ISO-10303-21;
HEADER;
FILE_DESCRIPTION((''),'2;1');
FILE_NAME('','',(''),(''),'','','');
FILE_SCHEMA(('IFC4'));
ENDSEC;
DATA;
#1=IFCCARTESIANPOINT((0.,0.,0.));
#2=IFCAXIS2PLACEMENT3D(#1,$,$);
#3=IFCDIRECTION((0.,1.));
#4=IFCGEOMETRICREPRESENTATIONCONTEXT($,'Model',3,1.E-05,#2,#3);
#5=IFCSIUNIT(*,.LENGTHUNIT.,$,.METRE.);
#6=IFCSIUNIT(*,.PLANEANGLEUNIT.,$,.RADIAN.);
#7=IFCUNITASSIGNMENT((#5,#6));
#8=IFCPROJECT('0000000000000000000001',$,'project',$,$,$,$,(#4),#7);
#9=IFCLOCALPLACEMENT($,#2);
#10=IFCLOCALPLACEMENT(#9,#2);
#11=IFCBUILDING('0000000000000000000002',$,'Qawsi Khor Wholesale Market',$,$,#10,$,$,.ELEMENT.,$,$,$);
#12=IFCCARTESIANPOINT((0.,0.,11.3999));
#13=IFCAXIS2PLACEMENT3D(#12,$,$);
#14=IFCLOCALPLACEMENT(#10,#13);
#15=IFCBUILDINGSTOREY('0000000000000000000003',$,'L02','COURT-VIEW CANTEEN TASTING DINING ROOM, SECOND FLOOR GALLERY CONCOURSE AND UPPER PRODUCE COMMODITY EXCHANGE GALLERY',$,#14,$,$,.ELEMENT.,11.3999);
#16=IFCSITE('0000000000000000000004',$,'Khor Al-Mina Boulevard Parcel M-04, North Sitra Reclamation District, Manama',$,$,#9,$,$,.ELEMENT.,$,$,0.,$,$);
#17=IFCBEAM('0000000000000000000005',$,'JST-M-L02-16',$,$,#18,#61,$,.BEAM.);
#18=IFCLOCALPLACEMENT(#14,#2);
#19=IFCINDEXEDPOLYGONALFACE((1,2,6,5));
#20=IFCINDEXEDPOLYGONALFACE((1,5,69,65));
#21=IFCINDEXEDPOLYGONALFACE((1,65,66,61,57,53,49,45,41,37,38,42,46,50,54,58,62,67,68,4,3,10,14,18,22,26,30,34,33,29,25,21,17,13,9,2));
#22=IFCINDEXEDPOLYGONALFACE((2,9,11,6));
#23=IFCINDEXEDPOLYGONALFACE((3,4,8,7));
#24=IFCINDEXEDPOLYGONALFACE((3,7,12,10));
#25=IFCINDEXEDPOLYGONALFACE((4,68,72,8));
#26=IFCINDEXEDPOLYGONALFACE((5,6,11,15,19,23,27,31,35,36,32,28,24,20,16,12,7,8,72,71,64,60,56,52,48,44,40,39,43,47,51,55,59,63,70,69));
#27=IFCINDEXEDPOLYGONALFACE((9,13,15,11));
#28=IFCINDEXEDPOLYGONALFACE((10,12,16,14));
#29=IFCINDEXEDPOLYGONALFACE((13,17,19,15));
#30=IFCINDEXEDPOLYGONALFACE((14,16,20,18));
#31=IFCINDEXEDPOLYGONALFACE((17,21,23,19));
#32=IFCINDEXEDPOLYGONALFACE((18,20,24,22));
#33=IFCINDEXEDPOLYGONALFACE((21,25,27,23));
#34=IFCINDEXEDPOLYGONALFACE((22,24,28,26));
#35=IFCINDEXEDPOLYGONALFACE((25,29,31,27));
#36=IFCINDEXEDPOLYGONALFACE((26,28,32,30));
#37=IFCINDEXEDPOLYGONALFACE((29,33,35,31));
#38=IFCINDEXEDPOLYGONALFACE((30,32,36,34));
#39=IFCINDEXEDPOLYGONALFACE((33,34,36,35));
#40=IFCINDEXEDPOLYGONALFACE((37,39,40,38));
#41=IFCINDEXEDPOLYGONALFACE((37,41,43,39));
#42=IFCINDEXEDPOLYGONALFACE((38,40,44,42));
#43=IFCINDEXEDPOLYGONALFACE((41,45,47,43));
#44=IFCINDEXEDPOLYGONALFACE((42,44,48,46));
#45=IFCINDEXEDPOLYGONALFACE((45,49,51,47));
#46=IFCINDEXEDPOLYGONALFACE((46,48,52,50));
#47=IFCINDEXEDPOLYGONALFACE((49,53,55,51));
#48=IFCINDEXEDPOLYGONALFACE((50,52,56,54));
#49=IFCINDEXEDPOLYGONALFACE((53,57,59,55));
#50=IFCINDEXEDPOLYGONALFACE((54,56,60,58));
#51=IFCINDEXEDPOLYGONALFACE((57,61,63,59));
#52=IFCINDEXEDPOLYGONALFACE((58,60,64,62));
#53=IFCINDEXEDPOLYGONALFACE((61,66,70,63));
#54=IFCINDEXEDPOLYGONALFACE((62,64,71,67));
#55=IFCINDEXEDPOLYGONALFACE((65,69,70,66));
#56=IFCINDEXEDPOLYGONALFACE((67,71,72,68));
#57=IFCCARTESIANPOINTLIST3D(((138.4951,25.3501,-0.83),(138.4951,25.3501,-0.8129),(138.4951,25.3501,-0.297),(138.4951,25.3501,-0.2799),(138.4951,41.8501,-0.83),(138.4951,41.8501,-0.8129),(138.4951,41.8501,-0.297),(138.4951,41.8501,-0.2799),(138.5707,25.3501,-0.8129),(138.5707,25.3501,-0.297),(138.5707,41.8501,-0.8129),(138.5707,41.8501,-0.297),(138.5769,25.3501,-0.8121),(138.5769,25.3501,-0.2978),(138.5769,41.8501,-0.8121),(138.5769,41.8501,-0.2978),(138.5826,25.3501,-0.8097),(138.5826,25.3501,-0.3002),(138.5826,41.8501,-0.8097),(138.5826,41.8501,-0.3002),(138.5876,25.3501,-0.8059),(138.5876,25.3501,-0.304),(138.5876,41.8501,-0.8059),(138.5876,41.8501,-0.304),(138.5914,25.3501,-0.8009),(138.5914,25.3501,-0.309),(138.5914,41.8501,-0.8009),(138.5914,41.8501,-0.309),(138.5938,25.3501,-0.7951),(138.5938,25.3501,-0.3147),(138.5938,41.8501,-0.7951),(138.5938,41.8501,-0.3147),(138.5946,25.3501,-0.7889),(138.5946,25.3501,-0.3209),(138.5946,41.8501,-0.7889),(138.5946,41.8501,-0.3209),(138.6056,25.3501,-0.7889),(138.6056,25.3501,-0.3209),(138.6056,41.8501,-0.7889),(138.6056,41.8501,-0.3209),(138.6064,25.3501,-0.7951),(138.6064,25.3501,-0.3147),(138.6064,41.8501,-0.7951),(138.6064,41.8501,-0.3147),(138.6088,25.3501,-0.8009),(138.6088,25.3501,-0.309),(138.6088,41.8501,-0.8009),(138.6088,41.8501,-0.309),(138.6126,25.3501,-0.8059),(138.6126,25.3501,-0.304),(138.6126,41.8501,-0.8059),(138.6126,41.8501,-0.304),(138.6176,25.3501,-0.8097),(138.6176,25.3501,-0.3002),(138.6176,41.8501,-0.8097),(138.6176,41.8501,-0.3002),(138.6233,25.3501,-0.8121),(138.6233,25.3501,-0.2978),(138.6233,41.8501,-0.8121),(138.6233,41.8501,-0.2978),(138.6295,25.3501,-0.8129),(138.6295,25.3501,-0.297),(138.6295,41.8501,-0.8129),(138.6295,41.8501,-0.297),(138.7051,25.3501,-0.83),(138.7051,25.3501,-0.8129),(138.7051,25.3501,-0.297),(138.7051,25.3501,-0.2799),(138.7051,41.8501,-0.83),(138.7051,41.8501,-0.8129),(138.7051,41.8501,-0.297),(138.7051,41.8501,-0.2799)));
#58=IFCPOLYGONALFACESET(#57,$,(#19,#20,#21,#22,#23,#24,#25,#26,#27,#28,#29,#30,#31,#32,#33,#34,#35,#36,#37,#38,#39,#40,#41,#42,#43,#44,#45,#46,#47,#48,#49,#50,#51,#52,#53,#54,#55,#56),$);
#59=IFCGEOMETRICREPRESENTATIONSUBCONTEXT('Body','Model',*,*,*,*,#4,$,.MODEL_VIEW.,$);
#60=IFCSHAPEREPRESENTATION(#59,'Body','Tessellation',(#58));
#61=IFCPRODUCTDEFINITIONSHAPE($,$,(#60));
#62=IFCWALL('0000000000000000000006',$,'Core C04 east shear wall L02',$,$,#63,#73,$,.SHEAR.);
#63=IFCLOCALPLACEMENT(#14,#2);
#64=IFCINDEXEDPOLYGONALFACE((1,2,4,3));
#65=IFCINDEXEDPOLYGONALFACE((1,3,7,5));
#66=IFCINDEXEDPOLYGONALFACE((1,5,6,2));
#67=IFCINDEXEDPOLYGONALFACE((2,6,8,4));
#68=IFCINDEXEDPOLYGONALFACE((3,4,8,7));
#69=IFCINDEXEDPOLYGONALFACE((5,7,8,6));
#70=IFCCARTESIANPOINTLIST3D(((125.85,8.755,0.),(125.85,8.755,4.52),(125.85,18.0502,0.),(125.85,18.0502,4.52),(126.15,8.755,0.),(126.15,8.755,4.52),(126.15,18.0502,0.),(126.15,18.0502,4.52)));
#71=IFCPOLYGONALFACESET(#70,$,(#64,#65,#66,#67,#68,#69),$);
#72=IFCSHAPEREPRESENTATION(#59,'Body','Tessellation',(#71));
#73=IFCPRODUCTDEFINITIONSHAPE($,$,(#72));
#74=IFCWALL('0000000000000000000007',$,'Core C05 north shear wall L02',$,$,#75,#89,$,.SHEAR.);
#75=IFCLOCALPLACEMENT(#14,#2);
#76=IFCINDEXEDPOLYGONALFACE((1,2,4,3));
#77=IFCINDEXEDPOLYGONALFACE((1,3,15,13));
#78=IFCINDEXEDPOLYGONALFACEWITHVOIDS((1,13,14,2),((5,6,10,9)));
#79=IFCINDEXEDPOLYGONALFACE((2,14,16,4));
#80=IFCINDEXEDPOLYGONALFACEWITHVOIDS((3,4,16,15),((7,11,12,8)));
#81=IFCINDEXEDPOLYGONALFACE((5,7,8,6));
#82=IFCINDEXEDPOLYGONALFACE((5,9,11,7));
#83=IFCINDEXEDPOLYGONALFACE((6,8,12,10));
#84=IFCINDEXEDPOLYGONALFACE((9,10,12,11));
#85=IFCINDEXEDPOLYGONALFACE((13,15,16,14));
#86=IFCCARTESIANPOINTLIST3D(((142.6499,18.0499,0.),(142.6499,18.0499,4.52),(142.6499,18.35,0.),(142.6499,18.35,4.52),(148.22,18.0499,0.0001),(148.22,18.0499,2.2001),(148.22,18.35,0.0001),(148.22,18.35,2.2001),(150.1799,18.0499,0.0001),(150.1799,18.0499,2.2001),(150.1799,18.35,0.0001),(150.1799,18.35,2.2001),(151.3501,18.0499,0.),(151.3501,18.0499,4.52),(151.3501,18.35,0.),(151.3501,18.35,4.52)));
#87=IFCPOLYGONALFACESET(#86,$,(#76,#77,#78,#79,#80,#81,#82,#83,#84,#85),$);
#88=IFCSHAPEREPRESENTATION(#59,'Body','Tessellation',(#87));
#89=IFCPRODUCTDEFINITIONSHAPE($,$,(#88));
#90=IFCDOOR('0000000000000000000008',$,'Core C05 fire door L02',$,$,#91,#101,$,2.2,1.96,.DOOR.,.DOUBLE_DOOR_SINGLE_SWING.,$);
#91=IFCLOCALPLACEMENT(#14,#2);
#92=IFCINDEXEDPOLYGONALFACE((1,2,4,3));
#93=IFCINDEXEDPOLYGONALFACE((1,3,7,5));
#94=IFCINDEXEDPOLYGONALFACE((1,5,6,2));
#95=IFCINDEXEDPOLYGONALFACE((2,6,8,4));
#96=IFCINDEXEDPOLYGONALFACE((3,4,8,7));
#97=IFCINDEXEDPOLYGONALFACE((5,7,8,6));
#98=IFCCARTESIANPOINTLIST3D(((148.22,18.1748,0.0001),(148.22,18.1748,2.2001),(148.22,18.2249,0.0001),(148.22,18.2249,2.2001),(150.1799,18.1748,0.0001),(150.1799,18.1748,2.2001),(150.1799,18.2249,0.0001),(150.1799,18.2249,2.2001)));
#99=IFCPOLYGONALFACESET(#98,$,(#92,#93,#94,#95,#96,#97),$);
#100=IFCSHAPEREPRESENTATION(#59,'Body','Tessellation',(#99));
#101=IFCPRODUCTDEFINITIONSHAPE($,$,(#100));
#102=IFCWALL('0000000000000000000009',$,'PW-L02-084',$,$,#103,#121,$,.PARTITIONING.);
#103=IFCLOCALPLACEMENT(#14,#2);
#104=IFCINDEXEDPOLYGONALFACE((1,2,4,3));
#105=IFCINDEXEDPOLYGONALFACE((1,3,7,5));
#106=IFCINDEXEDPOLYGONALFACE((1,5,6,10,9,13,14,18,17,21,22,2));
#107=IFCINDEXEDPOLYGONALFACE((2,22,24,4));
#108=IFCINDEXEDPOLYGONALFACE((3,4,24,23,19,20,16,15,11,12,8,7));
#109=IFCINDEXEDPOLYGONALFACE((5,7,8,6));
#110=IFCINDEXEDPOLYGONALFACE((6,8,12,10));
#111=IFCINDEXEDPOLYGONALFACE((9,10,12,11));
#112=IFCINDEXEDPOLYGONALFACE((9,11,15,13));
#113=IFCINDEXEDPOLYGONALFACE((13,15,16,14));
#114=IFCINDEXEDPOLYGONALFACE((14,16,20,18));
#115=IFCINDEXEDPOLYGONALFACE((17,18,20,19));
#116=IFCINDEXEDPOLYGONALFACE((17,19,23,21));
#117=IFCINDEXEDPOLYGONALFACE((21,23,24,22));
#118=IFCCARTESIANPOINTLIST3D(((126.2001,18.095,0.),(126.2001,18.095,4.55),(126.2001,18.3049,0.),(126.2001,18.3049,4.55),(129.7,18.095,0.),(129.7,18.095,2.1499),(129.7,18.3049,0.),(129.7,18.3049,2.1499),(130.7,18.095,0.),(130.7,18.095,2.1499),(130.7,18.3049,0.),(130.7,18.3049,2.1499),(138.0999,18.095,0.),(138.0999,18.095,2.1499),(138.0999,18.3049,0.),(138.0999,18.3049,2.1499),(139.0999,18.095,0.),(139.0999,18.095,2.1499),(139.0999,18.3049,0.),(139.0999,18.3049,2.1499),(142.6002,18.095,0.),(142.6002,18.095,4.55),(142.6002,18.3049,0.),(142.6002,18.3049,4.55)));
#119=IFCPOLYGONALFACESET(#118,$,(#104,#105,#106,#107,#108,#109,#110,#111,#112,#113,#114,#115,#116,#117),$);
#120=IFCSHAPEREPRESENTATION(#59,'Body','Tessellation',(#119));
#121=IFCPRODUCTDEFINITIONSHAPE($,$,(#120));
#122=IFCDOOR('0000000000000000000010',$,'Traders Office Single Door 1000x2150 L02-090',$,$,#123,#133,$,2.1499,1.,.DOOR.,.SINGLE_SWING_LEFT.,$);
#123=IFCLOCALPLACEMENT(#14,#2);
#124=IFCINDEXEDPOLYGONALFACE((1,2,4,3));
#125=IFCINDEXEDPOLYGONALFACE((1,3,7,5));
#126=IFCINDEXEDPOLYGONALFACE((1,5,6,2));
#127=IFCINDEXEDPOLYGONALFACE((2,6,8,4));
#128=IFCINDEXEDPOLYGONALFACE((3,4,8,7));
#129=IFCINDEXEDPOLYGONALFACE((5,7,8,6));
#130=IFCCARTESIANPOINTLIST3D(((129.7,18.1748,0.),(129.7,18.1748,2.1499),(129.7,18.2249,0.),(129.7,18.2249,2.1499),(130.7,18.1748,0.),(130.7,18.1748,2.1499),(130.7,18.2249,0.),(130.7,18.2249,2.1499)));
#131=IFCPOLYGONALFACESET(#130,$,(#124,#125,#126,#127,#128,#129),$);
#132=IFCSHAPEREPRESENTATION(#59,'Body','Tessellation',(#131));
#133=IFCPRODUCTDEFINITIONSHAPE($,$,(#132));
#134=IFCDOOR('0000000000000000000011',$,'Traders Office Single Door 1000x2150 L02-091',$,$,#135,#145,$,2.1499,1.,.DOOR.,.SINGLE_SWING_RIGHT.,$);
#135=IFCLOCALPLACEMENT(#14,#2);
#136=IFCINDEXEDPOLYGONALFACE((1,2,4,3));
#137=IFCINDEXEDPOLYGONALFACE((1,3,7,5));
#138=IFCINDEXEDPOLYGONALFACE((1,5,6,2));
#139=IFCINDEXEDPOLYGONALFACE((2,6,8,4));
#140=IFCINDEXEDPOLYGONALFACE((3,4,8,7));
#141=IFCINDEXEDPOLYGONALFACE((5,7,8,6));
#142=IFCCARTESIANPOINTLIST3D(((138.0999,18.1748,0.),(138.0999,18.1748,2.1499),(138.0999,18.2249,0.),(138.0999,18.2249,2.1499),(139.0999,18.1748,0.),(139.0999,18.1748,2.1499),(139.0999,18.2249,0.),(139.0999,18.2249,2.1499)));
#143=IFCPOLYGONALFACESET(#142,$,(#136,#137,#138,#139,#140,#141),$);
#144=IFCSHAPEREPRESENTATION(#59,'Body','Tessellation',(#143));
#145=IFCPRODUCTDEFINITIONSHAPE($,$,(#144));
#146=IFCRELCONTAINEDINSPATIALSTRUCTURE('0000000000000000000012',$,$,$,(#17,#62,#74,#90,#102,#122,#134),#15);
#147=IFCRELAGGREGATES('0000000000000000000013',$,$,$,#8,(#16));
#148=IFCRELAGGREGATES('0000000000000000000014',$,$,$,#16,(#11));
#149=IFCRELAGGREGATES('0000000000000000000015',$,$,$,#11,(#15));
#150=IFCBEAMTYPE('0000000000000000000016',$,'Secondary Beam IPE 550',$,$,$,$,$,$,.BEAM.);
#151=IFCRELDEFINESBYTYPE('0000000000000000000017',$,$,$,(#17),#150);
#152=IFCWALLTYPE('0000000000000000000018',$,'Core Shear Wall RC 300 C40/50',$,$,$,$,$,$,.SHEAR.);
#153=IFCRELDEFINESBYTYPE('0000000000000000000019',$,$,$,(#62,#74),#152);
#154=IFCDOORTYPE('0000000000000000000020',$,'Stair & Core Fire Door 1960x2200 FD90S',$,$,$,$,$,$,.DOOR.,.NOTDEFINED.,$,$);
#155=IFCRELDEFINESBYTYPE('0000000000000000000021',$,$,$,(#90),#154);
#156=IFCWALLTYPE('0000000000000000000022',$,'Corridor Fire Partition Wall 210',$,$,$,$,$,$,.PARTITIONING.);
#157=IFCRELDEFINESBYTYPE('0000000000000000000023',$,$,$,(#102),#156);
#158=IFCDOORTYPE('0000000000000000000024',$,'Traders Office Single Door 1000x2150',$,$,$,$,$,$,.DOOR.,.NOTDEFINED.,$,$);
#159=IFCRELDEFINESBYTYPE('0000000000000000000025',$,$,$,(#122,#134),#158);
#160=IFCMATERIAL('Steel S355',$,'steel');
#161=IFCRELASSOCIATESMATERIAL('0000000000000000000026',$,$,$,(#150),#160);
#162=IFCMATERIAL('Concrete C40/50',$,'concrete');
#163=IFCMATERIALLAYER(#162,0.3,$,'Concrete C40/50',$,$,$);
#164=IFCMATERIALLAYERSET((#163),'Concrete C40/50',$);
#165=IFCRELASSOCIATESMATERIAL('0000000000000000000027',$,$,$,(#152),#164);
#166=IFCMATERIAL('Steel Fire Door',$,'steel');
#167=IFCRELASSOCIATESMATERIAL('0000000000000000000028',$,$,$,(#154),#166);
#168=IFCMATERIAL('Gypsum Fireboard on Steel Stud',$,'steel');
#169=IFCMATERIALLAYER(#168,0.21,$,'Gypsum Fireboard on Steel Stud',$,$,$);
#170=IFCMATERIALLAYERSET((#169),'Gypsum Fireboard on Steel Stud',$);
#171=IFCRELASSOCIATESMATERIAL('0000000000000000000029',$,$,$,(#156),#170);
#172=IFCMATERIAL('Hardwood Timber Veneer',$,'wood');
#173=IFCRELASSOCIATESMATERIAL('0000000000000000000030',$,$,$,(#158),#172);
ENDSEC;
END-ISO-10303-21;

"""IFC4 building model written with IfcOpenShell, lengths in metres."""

from ifc_helpers import new_model, si_unit, direction, frame, frame_2d, origin, origin_2d, place, context, subcontext, project, spatial, rectangle, i_section, extrude, material, layer, layer_set, material_profile, profile_set, type_object, element, fill, save


model = new_model("IFC4")

# Units and contexts
model_context = context("Model", 3, precision=1e-05, world=origin(), true_north=direction((0.0, 1.0)))
body_context = subcontext(model_context, "Body", "Model", "MODEL_VIEW")
ifc_project = project(units=[si_unit("LENGTHUNIT", "METRE"), si_unit("PLANEANGLEUNIT", "RADIAN")], contexts=[model_context])

# Site, building, storey
site_placement = place(None, origin())
site = spatial("IfcSite", under=ifc_project, at=site_placement, Name="Khor Al-Mina Boulevard Parcel M-04, North Sitra Reclamation District, Manama", CompositionType="ELEMENT", RefElevation=0.0)
building_placement = place(site_placement, origin())
building = spatial("IfcBuilding", under=site, at=building_placement, Name="Qawsi Khor Wholesale Market", CompositionType="ELEMENT")
storey_placement = place(building_placement, frame((0.0, 0.0, 11.3999)))
storey = spatial("IfcBuildingStorey", under=building, at=storey_placement, Name="L02", Description="COURT-VIEW CANTEEN TASTING DINING ROOM, SECOND FLOOR GALLERY CONCOURSE AND UPPER PRODUCE COMMODITY EXCHANGE GALLERY", CompositionType="ELEMENT", Elevation=11.3999)

# Shared definitions
ifc_material_1 = material(Name="Concrete C40/50", Category="concrete")

# Beam
ifc_material_2 = material(Name="Steel S355", Category="steel")
ifc_material_profile_1 = material_profile(ifc_material_2, i_section(OverallWidth=0.21, OverallDepth=0.55, WebThickness=0.011, FlangeThickness=0.0171, FilletRadius=0.0239, at=origin_2d()), Name="IPE 550")
ifc_profile_set_1 = profile_set([ifc_material_profile_1], Name="Steel S355")
beam_type_1 = type_object("IfcBeamType", Name="Secondary Beam IPE 550", PredefinedType="BEAM", material=ifc_profile_set_1)
for number, where, z_axis, x_axis, name in (
    (1, (138.6001, 25.3501, -0.5549), (0.0, 1.0, 0.0), (-1.0, 0.0, 0.0), "JST-M-L02-16"),
):
    element("IfcBeam", number, at=place(storey_placement, frame(where, z_axis=z_axis, x_axis=x_axis)), inside=storey, type_object=beam_type_1, Name=name, PredefinedType="BEAM", context=body_context, shape_type="SweptSolid", body=[
        extrude(i_section(OverallWidth=0.21, OverallDepth=0.55, WebThickness=0.011, FlangeThickness=0.0171, FilletRadius=0.0239, at=origin_2d()), origin(), (0.0, 0.0, 1.0), 16.5),
    ])

# Wall
ifc_layer_1 = layer(ifc_material_1, 0.3, Name="Concrete C40/50")
ifc_layer_set_1 = layer_set([ifc_layer_1], Name="Concrete C40/50")
wall_type_1 = type_object("IfcWallType", Name="Core Shear Wall RC 300 C40/50", PredefinedType="SHEAR", material=ifc_layer_set_1)
wall_1_placement = place(storey_placement, frame((126.0, 18.05, 0.0), z_axis=(0.0, 0.0, 1.0), x_axis=(0.0, -1.0, 0.0)))
element("IfcWall", 2, at=wall_1_placement, inside=storey, type_object=wall_type_1, Name="Core C04 east shear wall L02", PredefinedType="SHEAR", context=body_context, shape_type="SweptSolid", body=[
    extrude(rectangle(XDim=9.2952, YDim=0.3, at=frame_2d((4.6475, 0.0))), origin(), (0.0, 0.0, 1.0), 4.52),
])

# Wall, opening, door
wall_2_placement = place(storey_placement, frame((142.6499, 18.2, 0.0), z_axis=(0.0, 0.0, 1.0), x_axis=(1.0, 0.0, 0.0)))
wall_2 = element("IfcWall", 3, at=wall_2_placement, inside=storey, type_object=wall_type_1, Name="Core C05 north shear wall L02", PredefinedType="SHEAR", context=body_context, shape_type="SweptSolid", body=[
    extrude(rectangle(XDim=8.7002, YDim=0.3, at=frame_2d((4.3501, 0.0))), origin(), (0.0, 0.0, 1.0), 4.52),
])
opening_1_placement = place(wall_2_placement, frame((5.5701, 0.0, 0.0)))
opening_1 = element("IfcOpeningElement", 4, at=opening_1_placement, cuts=wall_2, PredefinedType="OPENING", context=body_context, shape_type="SweptSolid", body=[
    extrude(rectangle(XDim=1.96, YDim=2.2, at=frame_2d((0.98, 1.1001))), frame((0.0, 0.1599, 0.0), z_axis=(0.0, -1.0, 0.0), x_axis=(1.0, 0.0, 0.0)), (0.0, 0.0, 1.0), 0.3201),
])
ifc_material_3 = material(Name="Steel Fire Door", Category="steel")
door_type_1 = type_object("IfcDoorType", Name="Stair & Core Fire Door 1960x2200 FD90S", OperationType="NOTDEFINED", PredefinedType="DOOR", material=ifc_material_3)
door_1_placement = place(opening_1_placement, origin())
door_1 = element("IfcDoor", 5, at=door_1_placement, inside=storey, type_object=door_type_1, Name="Core C05 fire door L02", OperationType="DOUBLE_DOOR_SINGLE_SWING", OverallHeight=2.2, OverallWidth=1.96, PredefinedType="DOOR", context=body_context, shape_type="SweptSolid", body=[
    extrude(rectangle(XDim=1.96, YDim=2.2, at=frame_2d((0.98, 1.1001))), frame((0.0, 0.0249, 0.0), z_axis=(0.0, -1.0, 0.0), x_axis=(1.0, 0.0, 0.0)), (0.0, 0.0, 1.0), 0.05),
])
fill(opening_1, door_1)

# Wall, openings, doors
ifc_material_4 = material(Name="Gypsum Fireboard on Steel Stud", Category="steel")
ifc_layer_2 = layer(ifc_material_4, 0.21, Name="Gypsum Fireboard on Steel Stud")
ifc_layer_set_2 = layer_set([ifc_layer_2], Name="Gypsum Fireboard on Steel Stud")
wall_type_2 = type_object("IfcWallType", Name="Corridor Fire Partition Wall 210", PredefinedType="PARTITIONING", material=ifc_layer_set_2)
wall_3_placement = place(storey_placement, frame((126.2, 18.2, 0.0), z_axis=(0.0, 0.0, 1.0), x_axis=(1.0, 0.0, 0.0)))
wall_3 = element("IfcWall", 6, at=wall_3_placement, inside=storey, type_object=wall_type_2, Name="PW-L02-084", PredefinedType="PARTITIONING", context=body_context, shape_type="SweptSolid", body=[
    extrude(rectangle(XDim=16.4001, YDim=0.21, at=frame_2d((8.2002, 0.0))), origin(), (0.0, 0.0, 1.0), 4.55),
])
opening_2_placement = place(wall_3_placement, frame((3.5, 0.0, 0.0)))
opening_2 = element("IfcOpeningElement", 7, at=opening_2_placement, cuts=wall_3, PredefinedType="OPENING", context=body_context, shape_type="SweptSolid", body=[
    extrude(rectangle(XDim=1.0, YDim=2.1499, at=frame_2d((0.5, 1.075))), frame((0.0, 0.115, 0.0), z_axis=(0.0, -1.0, 0.0), x_axis=(1.0, 0.0, 0.0)), (0.0, 0.0, 1.0), 0.23),
])
opening_3_placement = place(wall_3_placement, frame((11.8999, 0.0, 0.0)))
opening_3 = element("IfcOpeningElement", 8, at=opening_3_placement, cuts=wall_3, PredefinedType="OPENING", context=body_context, shape_type="SweptSolid", body=[
    extrude(rectangle(XDim=1.0, YDim=2.1499, at=frame_2d((0.5, 1.075))), frame((0.0, 0.115, 0.0), z_axis=(0.0, -1.0, 0.0), x_axis=(1.0, 0.0, 0.0)), (0.0, 0.0, 1.0), 0.23),
])
ifc_material_5 = material(Name="Hardwood Timber Veneer", Category="wood")
door_type_2 = type_object("IfcDoorType", Name="Traders Office Single Door 1000x2150", OperationType="NOTDEFINED", PredefinedType="DOOR", material=ifc_material_5)
door_2_placement = place(opening_2_placement, origin())
door_2 = element("IfcDoor", 9, at=door_2_placement, inside=storey, type_object=door_type_2, Name="Traders Office Single Door 1000x2150 L02-090", OperationType="SINGLE_SWING_LEFT", OverallHeight=2.1499, OverallWidth=1.0, PredefinedType="DOOR", context=body_context, shape_type="SweptSolid", body=[
    extrude(rectangle(XDim=1.0, YDim=2.1499, at=frame_2d((0.5, 1.075))), frame((0.0, 0.0249, 0.0), z_axis=(0.0, -1.0, 0.0), x_axis=(1.0, 0.0, 0.0)), (0.0, 0.0, 1.0), 0.05),
])
fill(opening_2, door_2)
door_3_placement = place(opening_3_placement, origin())
door_3 = element("IfcDoor", 10, at=door_3_placement, inside=storey, type_object=door_type_2, Name="Traders Office Single Door 1000x2150 L02-091", OperationType="SINGLE_SWING_RIGHT", OverallHeight=2.1499, OverallWidth=1.0, PredefinedType="DOOR", context=body_context, shape_type="SweptSolid", body=[
    extrude(rectangle(XDim=1.0, YDim=2.1499, at=frame_2d((0.5, 1.075))), frame((0.0, 0.0249, 0.0), z_axis=(0.0, -1.0, 0.0), x_axis=(1.0, 0.0, 0.0)), (0.0, 0.0, 1.0), 0.05),
])
fill(opening_3, door_3)

save(model, "model.ifc")
